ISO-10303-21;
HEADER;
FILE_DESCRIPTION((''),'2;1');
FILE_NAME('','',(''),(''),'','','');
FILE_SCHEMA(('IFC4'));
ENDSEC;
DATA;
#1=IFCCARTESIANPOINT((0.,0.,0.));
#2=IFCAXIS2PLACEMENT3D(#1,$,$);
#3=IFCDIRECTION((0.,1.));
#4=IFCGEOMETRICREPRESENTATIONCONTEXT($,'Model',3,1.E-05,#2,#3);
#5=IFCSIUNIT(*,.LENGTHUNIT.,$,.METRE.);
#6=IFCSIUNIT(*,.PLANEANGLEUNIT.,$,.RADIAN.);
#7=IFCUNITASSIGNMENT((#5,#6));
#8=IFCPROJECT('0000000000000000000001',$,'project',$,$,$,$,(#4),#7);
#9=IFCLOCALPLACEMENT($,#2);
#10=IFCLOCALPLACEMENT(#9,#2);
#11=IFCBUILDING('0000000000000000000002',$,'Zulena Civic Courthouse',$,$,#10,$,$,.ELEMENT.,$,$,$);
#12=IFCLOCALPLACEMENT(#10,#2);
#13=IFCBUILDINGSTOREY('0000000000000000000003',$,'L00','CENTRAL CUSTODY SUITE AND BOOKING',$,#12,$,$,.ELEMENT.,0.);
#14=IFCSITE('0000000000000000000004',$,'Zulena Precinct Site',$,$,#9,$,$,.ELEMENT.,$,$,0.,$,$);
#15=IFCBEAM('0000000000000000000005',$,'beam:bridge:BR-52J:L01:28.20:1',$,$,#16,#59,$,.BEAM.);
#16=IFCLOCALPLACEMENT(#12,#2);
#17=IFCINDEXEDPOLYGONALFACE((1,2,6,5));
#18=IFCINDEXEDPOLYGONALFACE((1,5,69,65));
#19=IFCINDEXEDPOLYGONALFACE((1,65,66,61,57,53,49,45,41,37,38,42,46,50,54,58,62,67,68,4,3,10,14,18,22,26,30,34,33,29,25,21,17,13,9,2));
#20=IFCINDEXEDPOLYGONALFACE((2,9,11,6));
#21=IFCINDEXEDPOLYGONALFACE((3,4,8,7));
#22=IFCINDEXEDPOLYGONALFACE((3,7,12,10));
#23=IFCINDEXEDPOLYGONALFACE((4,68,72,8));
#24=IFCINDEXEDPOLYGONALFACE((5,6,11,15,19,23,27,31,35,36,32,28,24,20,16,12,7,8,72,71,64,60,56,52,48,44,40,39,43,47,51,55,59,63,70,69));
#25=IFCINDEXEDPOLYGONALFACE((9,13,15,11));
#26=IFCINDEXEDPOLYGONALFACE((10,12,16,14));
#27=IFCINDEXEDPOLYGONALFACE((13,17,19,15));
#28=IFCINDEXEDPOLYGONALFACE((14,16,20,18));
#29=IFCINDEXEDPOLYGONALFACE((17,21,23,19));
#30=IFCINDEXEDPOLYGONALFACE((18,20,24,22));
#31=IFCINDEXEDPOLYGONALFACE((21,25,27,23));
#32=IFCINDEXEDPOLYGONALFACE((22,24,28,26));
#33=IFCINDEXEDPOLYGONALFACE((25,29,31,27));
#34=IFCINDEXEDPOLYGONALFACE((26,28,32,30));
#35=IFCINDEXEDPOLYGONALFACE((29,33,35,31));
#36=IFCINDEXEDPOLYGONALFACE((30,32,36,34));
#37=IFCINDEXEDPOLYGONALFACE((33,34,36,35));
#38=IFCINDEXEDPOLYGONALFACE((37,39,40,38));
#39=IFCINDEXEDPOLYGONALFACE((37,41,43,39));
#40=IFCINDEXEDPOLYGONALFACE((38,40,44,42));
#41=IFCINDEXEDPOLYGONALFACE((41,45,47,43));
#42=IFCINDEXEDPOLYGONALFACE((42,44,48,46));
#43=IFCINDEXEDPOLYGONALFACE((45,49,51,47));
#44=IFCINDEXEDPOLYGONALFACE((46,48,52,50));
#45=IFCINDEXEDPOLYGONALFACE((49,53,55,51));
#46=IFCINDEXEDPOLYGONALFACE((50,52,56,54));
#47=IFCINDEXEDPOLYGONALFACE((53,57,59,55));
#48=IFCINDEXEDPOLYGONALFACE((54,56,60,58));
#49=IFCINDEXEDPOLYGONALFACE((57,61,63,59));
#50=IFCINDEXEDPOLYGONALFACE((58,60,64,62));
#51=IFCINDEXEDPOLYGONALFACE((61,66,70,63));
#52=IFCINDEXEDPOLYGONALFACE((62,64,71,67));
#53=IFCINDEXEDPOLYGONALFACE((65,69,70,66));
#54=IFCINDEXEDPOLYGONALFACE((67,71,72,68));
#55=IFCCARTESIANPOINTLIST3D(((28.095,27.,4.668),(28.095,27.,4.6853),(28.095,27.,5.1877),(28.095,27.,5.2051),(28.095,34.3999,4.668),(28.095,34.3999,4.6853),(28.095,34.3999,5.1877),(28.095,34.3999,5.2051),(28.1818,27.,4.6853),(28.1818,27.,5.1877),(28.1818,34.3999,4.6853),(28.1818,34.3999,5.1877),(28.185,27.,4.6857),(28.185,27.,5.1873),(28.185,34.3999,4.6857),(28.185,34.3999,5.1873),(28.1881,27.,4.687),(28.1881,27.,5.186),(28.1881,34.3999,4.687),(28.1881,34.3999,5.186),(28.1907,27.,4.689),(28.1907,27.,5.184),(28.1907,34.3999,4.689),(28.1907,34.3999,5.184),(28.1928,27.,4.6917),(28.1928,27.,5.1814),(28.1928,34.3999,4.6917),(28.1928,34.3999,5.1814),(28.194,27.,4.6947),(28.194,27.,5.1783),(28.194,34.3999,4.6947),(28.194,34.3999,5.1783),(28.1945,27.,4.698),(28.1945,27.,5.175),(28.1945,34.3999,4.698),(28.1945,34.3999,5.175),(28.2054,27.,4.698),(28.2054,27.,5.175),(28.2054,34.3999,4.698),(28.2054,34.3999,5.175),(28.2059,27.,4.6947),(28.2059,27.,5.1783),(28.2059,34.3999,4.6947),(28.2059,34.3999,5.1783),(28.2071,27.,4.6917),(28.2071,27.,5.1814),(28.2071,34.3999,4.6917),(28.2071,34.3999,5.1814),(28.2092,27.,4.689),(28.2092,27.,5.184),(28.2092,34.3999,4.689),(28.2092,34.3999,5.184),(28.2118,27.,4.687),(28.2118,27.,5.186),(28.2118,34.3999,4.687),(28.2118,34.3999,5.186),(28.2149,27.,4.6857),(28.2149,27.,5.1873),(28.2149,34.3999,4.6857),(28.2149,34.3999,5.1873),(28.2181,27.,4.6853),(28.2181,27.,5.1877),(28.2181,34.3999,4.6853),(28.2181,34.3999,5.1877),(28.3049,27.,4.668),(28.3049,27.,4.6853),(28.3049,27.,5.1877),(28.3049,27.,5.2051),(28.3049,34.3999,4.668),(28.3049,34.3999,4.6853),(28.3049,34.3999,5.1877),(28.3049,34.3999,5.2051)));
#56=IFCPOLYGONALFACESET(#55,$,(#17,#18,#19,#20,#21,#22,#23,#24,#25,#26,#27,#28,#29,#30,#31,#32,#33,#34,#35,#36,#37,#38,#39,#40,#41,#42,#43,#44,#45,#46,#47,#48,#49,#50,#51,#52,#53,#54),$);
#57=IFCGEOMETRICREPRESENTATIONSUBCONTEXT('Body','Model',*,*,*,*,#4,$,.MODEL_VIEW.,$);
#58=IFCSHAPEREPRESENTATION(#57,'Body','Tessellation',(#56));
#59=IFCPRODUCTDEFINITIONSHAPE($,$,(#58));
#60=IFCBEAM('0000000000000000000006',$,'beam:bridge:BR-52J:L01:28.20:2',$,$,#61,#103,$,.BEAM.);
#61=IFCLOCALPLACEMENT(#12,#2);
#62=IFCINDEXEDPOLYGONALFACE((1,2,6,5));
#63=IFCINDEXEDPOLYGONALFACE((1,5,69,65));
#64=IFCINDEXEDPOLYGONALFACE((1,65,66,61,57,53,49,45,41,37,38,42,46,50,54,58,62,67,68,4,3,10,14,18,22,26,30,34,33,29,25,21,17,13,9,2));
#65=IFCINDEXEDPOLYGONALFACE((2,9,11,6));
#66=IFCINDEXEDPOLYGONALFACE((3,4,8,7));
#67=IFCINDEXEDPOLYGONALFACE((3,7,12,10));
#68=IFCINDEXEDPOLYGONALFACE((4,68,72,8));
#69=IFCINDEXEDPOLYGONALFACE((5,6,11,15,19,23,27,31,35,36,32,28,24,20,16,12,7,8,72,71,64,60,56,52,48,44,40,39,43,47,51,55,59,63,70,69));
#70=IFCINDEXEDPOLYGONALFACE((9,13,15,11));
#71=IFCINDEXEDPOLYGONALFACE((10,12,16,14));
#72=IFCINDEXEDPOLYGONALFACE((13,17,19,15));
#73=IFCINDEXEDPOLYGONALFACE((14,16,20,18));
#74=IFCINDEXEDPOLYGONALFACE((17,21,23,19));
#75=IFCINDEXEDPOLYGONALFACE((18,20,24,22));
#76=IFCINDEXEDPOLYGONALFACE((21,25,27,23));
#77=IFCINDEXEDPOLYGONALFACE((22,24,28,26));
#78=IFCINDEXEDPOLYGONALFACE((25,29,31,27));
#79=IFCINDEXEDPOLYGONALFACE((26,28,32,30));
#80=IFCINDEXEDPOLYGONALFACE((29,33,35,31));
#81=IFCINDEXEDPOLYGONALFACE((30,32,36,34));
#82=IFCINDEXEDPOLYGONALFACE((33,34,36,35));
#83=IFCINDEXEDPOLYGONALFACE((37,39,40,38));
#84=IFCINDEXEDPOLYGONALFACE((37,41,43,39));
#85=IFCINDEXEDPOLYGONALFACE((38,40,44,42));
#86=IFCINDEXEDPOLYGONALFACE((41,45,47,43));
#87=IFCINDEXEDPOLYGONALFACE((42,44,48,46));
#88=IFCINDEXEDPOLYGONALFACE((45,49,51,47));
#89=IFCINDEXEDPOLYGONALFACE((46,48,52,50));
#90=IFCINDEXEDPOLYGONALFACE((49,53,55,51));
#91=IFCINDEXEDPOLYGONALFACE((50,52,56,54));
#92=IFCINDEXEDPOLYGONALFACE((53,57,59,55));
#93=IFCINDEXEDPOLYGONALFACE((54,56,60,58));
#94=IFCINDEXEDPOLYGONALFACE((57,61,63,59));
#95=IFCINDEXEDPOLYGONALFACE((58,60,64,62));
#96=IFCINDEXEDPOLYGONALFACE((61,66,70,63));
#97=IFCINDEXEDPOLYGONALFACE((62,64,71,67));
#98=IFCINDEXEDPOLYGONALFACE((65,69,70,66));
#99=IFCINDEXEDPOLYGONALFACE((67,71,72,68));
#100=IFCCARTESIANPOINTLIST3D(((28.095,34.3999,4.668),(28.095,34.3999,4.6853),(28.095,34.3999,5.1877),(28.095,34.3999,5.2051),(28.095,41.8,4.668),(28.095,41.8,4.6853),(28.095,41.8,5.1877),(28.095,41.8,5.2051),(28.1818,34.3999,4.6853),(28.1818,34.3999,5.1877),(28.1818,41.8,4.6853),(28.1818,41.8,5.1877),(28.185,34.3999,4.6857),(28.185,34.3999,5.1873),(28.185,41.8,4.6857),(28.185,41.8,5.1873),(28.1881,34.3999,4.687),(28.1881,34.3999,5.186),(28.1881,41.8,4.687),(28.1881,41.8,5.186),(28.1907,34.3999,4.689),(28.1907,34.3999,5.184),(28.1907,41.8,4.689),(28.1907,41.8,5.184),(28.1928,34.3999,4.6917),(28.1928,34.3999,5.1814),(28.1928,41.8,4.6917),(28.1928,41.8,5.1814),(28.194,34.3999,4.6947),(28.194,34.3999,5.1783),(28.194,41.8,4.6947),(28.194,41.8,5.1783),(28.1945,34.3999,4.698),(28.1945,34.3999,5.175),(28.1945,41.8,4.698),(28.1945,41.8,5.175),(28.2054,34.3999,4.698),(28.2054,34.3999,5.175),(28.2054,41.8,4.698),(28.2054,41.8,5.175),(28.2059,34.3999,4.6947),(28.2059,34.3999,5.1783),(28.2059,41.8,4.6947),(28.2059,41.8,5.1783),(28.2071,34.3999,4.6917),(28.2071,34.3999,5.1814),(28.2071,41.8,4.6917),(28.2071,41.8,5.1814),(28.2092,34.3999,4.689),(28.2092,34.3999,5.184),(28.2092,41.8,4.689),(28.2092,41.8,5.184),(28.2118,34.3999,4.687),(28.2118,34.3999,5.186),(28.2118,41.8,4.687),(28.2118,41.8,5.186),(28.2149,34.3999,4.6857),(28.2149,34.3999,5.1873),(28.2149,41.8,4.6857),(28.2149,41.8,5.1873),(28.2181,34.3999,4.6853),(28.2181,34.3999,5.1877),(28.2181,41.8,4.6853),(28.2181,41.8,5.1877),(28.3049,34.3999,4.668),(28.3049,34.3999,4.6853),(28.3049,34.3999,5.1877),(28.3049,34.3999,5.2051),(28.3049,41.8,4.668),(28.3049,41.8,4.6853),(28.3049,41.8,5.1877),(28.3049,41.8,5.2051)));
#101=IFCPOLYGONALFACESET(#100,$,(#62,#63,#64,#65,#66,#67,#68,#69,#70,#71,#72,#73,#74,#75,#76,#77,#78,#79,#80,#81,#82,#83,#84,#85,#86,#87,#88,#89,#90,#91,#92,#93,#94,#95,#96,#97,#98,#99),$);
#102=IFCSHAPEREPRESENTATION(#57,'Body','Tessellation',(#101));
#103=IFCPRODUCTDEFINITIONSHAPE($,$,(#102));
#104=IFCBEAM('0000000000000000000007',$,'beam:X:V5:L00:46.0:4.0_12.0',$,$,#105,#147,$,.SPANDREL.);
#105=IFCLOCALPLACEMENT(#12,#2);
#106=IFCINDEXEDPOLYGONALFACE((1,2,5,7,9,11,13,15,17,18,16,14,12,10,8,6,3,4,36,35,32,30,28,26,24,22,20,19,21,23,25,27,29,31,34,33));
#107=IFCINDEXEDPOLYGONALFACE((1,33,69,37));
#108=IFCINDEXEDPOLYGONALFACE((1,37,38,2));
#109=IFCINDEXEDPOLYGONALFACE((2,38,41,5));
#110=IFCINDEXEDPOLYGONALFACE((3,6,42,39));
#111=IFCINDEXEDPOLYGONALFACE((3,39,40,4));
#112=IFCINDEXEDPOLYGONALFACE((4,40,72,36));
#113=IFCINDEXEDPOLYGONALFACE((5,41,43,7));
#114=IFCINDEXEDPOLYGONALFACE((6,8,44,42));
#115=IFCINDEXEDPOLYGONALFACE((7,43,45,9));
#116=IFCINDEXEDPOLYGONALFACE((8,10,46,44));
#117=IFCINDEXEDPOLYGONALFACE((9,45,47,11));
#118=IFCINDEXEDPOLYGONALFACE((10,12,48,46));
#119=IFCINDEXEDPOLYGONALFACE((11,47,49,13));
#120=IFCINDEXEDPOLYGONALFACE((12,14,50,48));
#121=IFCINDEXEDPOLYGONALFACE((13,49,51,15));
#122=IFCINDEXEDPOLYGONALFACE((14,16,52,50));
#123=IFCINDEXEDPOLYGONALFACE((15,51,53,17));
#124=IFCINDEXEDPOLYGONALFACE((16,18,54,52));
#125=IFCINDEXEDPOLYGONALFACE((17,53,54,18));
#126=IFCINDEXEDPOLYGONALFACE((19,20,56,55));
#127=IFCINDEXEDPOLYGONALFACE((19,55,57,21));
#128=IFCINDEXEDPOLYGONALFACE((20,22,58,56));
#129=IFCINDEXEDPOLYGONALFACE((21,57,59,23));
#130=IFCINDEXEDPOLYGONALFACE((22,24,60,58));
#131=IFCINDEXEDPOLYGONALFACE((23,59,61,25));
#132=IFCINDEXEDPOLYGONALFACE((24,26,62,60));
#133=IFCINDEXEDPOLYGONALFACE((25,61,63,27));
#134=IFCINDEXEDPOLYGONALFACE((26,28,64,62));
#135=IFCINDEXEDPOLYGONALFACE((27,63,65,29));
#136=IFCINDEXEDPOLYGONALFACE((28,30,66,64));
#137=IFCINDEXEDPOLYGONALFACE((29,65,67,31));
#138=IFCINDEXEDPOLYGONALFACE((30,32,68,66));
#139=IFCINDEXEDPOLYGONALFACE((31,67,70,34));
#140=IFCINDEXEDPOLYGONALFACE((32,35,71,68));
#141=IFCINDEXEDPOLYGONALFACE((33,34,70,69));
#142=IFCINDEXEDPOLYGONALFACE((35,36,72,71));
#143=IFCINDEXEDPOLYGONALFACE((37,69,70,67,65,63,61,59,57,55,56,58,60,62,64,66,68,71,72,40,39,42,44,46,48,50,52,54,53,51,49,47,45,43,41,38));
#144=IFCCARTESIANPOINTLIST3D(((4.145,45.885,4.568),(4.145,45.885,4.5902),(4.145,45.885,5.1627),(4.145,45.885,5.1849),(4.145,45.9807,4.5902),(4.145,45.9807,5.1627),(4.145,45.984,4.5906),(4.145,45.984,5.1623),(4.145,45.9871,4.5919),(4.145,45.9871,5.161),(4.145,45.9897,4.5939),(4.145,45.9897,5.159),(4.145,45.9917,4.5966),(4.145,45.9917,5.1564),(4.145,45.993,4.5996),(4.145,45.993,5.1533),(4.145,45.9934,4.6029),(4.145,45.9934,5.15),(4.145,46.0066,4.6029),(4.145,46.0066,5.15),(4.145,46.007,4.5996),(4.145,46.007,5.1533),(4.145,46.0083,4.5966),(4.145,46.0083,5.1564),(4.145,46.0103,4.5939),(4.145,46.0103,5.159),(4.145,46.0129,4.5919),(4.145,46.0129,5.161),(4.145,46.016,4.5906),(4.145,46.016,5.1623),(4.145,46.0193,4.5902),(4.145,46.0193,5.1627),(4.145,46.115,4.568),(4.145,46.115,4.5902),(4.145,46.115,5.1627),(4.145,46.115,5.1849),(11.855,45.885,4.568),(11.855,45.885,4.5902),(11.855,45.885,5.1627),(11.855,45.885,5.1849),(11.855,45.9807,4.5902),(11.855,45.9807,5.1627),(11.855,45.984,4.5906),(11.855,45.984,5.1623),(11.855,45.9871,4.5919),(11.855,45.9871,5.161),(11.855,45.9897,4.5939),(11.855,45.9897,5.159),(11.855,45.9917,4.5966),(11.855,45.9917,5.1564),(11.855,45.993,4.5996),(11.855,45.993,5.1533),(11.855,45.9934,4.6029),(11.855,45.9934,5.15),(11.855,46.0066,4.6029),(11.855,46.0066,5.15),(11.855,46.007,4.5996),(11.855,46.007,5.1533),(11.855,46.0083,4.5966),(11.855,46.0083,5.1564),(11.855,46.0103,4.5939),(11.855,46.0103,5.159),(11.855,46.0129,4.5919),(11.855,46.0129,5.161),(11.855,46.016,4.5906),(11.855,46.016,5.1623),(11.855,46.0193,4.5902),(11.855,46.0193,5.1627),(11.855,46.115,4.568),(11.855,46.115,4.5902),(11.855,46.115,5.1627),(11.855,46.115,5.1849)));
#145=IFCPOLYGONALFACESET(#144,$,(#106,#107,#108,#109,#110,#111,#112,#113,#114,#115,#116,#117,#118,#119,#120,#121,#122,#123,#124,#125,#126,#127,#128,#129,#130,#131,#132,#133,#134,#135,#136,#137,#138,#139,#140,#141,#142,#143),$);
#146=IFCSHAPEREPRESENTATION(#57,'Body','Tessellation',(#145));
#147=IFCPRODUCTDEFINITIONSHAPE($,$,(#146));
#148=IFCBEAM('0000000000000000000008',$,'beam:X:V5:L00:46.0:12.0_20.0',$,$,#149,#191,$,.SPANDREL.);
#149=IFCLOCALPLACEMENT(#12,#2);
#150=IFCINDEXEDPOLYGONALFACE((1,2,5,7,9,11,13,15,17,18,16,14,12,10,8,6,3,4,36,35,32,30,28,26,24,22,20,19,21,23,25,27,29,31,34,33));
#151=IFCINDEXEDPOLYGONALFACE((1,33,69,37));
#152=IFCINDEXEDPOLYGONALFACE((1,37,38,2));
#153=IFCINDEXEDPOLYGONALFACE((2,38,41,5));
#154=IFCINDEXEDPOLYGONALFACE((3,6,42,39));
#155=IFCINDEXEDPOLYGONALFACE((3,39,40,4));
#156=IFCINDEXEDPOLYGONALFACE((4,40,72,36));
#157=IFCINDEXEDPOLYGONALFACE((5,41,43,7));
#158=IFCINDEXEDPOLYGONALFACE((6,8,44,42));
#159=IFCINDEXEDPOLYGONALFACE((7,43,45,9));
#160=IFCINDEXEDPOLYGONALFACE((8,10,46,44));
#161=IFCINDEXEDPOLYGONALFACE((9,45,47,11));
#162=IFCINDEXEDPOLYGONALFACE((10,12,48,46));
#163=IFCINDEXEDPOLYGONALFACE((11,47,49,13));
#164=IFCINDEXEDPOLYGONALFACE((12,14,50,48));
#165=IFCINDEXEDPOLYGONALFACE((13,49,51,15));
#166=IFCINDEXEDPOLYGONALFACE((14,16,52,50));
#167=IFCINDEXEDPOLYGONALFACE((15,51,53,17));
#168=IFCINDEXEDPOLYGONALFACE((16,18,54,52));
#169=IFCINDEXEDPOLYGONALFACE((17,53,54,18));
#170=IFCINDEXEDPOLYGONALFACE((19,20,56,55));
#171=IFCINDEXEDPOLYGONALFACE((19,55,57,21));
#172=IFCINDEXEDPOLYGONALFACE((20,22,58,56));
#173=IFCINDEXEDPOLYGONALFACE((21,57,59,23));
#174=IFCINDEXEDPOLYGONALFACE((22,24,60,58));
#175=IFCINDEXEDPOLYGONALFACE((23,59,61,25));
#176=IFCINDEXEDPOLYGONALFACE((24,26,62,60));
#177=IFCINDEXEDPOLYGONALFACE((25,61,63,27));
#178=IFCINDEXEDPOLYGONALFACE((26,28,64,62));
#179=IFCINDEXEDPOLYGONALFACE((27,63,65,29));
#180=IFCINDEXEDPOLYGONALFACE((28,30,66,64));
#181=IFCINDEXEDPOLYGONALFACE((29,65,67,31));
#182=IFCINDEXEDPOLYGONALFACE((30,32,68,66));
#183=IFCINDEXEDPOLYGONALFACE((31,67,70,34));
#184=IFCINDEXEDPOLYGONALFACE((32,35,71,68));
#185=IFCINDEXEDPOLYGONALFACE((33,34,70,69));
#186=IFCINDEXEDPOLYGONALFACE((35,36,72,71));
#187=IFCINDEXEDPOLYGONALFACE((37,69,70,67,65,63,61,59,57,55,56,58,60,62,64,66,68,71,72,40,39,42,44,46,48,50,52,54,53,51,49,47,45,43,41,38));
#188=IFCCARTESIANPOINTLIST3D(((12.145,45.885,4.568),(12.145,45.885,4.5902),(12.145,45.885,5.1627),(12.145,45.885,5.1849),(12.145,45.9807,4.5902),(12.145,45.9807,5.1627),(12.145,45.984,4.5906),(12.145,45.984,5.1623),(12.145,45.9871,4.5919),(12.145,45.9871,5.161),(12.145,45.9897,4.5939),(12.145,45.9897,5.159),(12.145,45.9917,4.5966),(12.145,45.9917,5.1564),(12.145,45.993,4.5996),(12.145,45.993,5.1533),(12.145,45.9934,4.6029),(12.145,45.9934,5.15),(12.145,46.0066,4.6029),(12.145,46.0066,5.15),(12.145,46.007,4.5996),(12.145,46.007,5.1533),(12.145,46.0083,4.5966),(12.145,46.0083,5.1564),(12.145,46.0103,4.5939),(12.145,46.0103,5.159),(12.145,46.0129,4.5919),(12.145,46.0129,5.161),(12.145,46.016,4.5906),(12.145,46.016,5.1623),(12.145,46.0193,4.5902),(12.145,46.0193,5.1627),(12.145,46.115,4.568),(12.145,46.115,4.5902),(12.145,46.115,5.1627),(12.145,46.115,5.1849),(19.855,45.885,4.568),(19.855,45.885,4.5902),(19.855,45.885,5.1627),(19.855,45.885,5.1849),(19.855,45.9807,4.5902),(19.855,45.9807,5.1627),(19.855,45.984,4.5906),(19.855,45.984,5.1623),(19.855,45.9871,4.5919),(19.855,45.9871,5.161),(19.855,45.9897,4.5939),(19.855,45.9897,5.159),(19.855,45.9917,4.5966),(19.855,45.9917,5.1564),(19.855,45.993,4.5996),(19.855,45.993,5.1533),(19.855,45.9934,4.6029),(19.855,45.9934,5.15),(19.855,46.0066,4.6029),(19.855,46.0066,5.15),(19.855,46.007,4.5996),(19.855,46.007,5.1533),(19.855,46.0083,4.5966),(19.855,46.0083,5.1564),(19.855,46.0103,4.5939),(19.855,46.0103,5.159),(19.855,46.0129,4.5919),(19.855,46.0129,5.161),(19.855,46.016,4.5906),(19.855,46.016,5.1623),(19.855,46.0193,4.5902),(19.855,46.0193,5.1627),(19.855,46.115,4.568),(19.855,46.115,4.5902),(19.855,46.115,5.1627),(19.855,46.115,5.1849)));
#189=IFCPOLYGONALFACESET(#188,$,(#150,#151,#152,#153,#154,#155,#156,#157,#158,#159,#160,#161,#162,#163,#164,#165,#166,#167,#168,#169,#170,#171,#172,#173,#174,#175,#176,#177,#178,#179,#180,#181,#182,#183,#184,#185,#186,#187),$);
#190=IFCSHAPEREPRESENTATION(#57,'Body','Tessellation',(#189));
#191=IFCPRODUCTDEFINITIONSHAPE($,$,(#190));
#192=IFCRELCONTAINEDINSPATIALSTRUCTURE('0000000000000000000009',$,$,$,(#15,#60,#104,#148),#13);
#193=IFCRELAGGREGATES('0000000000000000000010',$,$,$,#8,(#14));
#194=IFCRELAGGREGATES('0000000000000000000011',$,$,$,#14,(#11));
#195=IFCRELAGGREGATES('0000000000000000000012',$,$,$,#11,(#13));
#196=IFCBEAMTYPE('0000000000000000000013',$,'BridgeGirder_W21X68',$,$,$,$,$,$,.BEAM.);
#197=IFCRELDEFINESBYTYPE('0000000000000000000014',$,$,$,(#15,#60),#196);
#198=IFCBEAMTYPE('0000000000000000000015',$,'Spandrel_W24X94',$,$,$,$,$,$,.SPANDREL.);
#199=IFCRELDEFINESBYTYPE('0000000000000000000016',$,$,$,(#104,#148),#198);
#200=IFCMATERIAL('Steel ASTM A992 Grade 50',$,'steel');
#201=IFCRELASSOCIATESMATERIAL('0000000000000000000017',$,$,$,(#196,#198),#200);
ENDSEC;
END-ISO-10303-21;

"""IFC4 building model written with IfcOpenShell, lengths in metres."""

from ifc_helpers import new_model, si_unit, direction, frame, origin, origin_2d, place, context, subcontext, project, spatial, i_section, extrude, material, material_profile, profile_set, type_object, element, save


model = new_model("IFC4")

# Units and contexts
model_context = context("Model", 3, precision=1e-05, world=origin(), true_north=direction((0.0, 1.0)))
body_context = subcontext(model_context, "Body", "Model", "MODEL_VIEW")
ifc_project = project(units=[si_unit("LENGTHUNIT", "METRE"), si_unit("PLANEANGLEUNIT", "RADIAN")], contexts=[model_context])

# Site, building, storey
site_placement = place(None, origin())
site = spatial("IfcSite", under=ifc_project, at=site_placement, Name="Zulena Precinct Site", CompositionType="ELEMENT", RefElevation=0.0)
building_placement = place(site_placement, origin())
building = spatial("IfcBuilding", under=site, at=building_placement, Name="Zulena Civic Courthouse", CompositionType="ELEMENT")
storey_placement = place(building_placement, origin())
storey = spatial("IfcBuildingStorey", under=building, at=storey_placement, Name="L00", Description="CENTRAL CUSTODY SUITE AND BOOKING", CompositionType="ELEMENT", Elevation=0.0)

# Shared definitions
ifc_material_1 = material(Name="Steel ASTM A992 Grade 50", Category="steel")

# Beams
ifc_material_profile_1 = material_profile(ifc_material_1, i_section(OverallWidth=0.21, OverallDepth=0.5371, WebThickness=0.011, FlangeThickness=0.0173, FilletRadius=0.0127, at=origin_2d()), Name="W21X68")
ifc_profile_set_1 = profile_set([ifc_material_profile_1], Name="Steel ASTM A992 Grade 50")
beam_type_1 = type_object("IfcBeamType", Name="BridgeGirder_W21X68", PredefinedType="BEAM", material=ifc_profile_set_1)
beam_1_placement = place(storey_placement, frame((28.2, 27.0, 4.9365), z_axis=(0.0, 1.0, 0.0), x_axis=(-1.0, 0.0, 0.0)))
element("IfcBeam", 1, at=beam_1_placement, inside=storey, type_object=beam_type_1, Name="beam:bridge:BR-52J:L01:28.20:1", PredefinedType="BEAM", context=body_context, shape_type="SweptSolid", body=[
    extrude(i_section(OverallWidth=0.21, OverallDepth=0.5371, WebThickness=0.011, FlangeThickness=0.0173, FilletRadius=0.0127, at=origin_2d()), origin(), (0.0, 0.0, 1.0), 7.3999),
])
beam_2_placement = place(storey_placement, frame((28.2, 34.3999, 4.9365), z_axis=(0.0, 1.0, 0.0), x_axis=(-1.0, 0.0, 0.0)))
element("IfcBeam", 2, at=beam_2_placement, inside=storey, type_object=beam_type_1, Name="beam:bridge:BR-52J:L01:28.20:2", PredefinedType="BEAM", context=body_context, shape_type="SweptSolid", body=[
    extrude(i_section(OverallWidth=0.21, OverallDepth=0.5371, WebThickness=0.011, FlangeThickness=0.0173, FilletRadius=0.0127, at=origin_2d()), origin(), (0.0, 0.0, 1.0), 7.4001),
])
ifc_material_profile_2 = material_profile(ifc_material_1, i_section(OverallWidth=0.23, OverallDepth=0.6169, WebThickness=0.0132, FlangeThickness=0.0222, FilletRadius=0.0127, at=origin_2d()), Name="W24X94")
ifc_profile_set_2 = profile_set([ifc_material_profile_2], Name="Steel ASTM A992 Grade 50")
beam_type_2 = type_object("IfcBeamType", Name="Spandrel_W24X94", PredefinedType="SPANDREL", material=ifc_profile_set_2)
for number, where, z_axis, x_axis, name in (
    (3, (4.145, 46.0, 4.8765), (1.0, 0.0, 0.0), (0.0, 1.0, 0.0), "beam:X:V5:L00:46.0:4.0_12.0"),
    (4, (12.145, 46.0, 4.8765), (1.0, 0.0, 0.0), (0.0, 1.0, 0.0), "beam:X:V5:L00:46.0:12.0_20.0"),
):
    element("IfcBeam", number, at=place(storey_placement, frame(where, z_axis=z_axis, x_axis=x_axis)), inside=storey, type_object=beam_type_2, Name=name, PredefinedType="SPANDREL", context=body_context, shape_type="SweptSolid", body=[
        extrude(i_section(OverallWidth=0.23, OverallDepth=0.6169, WebThickness=0.0132, FlangeThickness=0.0222, FilletRadius=0.0127, at=origin_2d()), origin(), (0.0, 0.0, 1.0), 7.71),
    ])

save(model, "model.ifc")
